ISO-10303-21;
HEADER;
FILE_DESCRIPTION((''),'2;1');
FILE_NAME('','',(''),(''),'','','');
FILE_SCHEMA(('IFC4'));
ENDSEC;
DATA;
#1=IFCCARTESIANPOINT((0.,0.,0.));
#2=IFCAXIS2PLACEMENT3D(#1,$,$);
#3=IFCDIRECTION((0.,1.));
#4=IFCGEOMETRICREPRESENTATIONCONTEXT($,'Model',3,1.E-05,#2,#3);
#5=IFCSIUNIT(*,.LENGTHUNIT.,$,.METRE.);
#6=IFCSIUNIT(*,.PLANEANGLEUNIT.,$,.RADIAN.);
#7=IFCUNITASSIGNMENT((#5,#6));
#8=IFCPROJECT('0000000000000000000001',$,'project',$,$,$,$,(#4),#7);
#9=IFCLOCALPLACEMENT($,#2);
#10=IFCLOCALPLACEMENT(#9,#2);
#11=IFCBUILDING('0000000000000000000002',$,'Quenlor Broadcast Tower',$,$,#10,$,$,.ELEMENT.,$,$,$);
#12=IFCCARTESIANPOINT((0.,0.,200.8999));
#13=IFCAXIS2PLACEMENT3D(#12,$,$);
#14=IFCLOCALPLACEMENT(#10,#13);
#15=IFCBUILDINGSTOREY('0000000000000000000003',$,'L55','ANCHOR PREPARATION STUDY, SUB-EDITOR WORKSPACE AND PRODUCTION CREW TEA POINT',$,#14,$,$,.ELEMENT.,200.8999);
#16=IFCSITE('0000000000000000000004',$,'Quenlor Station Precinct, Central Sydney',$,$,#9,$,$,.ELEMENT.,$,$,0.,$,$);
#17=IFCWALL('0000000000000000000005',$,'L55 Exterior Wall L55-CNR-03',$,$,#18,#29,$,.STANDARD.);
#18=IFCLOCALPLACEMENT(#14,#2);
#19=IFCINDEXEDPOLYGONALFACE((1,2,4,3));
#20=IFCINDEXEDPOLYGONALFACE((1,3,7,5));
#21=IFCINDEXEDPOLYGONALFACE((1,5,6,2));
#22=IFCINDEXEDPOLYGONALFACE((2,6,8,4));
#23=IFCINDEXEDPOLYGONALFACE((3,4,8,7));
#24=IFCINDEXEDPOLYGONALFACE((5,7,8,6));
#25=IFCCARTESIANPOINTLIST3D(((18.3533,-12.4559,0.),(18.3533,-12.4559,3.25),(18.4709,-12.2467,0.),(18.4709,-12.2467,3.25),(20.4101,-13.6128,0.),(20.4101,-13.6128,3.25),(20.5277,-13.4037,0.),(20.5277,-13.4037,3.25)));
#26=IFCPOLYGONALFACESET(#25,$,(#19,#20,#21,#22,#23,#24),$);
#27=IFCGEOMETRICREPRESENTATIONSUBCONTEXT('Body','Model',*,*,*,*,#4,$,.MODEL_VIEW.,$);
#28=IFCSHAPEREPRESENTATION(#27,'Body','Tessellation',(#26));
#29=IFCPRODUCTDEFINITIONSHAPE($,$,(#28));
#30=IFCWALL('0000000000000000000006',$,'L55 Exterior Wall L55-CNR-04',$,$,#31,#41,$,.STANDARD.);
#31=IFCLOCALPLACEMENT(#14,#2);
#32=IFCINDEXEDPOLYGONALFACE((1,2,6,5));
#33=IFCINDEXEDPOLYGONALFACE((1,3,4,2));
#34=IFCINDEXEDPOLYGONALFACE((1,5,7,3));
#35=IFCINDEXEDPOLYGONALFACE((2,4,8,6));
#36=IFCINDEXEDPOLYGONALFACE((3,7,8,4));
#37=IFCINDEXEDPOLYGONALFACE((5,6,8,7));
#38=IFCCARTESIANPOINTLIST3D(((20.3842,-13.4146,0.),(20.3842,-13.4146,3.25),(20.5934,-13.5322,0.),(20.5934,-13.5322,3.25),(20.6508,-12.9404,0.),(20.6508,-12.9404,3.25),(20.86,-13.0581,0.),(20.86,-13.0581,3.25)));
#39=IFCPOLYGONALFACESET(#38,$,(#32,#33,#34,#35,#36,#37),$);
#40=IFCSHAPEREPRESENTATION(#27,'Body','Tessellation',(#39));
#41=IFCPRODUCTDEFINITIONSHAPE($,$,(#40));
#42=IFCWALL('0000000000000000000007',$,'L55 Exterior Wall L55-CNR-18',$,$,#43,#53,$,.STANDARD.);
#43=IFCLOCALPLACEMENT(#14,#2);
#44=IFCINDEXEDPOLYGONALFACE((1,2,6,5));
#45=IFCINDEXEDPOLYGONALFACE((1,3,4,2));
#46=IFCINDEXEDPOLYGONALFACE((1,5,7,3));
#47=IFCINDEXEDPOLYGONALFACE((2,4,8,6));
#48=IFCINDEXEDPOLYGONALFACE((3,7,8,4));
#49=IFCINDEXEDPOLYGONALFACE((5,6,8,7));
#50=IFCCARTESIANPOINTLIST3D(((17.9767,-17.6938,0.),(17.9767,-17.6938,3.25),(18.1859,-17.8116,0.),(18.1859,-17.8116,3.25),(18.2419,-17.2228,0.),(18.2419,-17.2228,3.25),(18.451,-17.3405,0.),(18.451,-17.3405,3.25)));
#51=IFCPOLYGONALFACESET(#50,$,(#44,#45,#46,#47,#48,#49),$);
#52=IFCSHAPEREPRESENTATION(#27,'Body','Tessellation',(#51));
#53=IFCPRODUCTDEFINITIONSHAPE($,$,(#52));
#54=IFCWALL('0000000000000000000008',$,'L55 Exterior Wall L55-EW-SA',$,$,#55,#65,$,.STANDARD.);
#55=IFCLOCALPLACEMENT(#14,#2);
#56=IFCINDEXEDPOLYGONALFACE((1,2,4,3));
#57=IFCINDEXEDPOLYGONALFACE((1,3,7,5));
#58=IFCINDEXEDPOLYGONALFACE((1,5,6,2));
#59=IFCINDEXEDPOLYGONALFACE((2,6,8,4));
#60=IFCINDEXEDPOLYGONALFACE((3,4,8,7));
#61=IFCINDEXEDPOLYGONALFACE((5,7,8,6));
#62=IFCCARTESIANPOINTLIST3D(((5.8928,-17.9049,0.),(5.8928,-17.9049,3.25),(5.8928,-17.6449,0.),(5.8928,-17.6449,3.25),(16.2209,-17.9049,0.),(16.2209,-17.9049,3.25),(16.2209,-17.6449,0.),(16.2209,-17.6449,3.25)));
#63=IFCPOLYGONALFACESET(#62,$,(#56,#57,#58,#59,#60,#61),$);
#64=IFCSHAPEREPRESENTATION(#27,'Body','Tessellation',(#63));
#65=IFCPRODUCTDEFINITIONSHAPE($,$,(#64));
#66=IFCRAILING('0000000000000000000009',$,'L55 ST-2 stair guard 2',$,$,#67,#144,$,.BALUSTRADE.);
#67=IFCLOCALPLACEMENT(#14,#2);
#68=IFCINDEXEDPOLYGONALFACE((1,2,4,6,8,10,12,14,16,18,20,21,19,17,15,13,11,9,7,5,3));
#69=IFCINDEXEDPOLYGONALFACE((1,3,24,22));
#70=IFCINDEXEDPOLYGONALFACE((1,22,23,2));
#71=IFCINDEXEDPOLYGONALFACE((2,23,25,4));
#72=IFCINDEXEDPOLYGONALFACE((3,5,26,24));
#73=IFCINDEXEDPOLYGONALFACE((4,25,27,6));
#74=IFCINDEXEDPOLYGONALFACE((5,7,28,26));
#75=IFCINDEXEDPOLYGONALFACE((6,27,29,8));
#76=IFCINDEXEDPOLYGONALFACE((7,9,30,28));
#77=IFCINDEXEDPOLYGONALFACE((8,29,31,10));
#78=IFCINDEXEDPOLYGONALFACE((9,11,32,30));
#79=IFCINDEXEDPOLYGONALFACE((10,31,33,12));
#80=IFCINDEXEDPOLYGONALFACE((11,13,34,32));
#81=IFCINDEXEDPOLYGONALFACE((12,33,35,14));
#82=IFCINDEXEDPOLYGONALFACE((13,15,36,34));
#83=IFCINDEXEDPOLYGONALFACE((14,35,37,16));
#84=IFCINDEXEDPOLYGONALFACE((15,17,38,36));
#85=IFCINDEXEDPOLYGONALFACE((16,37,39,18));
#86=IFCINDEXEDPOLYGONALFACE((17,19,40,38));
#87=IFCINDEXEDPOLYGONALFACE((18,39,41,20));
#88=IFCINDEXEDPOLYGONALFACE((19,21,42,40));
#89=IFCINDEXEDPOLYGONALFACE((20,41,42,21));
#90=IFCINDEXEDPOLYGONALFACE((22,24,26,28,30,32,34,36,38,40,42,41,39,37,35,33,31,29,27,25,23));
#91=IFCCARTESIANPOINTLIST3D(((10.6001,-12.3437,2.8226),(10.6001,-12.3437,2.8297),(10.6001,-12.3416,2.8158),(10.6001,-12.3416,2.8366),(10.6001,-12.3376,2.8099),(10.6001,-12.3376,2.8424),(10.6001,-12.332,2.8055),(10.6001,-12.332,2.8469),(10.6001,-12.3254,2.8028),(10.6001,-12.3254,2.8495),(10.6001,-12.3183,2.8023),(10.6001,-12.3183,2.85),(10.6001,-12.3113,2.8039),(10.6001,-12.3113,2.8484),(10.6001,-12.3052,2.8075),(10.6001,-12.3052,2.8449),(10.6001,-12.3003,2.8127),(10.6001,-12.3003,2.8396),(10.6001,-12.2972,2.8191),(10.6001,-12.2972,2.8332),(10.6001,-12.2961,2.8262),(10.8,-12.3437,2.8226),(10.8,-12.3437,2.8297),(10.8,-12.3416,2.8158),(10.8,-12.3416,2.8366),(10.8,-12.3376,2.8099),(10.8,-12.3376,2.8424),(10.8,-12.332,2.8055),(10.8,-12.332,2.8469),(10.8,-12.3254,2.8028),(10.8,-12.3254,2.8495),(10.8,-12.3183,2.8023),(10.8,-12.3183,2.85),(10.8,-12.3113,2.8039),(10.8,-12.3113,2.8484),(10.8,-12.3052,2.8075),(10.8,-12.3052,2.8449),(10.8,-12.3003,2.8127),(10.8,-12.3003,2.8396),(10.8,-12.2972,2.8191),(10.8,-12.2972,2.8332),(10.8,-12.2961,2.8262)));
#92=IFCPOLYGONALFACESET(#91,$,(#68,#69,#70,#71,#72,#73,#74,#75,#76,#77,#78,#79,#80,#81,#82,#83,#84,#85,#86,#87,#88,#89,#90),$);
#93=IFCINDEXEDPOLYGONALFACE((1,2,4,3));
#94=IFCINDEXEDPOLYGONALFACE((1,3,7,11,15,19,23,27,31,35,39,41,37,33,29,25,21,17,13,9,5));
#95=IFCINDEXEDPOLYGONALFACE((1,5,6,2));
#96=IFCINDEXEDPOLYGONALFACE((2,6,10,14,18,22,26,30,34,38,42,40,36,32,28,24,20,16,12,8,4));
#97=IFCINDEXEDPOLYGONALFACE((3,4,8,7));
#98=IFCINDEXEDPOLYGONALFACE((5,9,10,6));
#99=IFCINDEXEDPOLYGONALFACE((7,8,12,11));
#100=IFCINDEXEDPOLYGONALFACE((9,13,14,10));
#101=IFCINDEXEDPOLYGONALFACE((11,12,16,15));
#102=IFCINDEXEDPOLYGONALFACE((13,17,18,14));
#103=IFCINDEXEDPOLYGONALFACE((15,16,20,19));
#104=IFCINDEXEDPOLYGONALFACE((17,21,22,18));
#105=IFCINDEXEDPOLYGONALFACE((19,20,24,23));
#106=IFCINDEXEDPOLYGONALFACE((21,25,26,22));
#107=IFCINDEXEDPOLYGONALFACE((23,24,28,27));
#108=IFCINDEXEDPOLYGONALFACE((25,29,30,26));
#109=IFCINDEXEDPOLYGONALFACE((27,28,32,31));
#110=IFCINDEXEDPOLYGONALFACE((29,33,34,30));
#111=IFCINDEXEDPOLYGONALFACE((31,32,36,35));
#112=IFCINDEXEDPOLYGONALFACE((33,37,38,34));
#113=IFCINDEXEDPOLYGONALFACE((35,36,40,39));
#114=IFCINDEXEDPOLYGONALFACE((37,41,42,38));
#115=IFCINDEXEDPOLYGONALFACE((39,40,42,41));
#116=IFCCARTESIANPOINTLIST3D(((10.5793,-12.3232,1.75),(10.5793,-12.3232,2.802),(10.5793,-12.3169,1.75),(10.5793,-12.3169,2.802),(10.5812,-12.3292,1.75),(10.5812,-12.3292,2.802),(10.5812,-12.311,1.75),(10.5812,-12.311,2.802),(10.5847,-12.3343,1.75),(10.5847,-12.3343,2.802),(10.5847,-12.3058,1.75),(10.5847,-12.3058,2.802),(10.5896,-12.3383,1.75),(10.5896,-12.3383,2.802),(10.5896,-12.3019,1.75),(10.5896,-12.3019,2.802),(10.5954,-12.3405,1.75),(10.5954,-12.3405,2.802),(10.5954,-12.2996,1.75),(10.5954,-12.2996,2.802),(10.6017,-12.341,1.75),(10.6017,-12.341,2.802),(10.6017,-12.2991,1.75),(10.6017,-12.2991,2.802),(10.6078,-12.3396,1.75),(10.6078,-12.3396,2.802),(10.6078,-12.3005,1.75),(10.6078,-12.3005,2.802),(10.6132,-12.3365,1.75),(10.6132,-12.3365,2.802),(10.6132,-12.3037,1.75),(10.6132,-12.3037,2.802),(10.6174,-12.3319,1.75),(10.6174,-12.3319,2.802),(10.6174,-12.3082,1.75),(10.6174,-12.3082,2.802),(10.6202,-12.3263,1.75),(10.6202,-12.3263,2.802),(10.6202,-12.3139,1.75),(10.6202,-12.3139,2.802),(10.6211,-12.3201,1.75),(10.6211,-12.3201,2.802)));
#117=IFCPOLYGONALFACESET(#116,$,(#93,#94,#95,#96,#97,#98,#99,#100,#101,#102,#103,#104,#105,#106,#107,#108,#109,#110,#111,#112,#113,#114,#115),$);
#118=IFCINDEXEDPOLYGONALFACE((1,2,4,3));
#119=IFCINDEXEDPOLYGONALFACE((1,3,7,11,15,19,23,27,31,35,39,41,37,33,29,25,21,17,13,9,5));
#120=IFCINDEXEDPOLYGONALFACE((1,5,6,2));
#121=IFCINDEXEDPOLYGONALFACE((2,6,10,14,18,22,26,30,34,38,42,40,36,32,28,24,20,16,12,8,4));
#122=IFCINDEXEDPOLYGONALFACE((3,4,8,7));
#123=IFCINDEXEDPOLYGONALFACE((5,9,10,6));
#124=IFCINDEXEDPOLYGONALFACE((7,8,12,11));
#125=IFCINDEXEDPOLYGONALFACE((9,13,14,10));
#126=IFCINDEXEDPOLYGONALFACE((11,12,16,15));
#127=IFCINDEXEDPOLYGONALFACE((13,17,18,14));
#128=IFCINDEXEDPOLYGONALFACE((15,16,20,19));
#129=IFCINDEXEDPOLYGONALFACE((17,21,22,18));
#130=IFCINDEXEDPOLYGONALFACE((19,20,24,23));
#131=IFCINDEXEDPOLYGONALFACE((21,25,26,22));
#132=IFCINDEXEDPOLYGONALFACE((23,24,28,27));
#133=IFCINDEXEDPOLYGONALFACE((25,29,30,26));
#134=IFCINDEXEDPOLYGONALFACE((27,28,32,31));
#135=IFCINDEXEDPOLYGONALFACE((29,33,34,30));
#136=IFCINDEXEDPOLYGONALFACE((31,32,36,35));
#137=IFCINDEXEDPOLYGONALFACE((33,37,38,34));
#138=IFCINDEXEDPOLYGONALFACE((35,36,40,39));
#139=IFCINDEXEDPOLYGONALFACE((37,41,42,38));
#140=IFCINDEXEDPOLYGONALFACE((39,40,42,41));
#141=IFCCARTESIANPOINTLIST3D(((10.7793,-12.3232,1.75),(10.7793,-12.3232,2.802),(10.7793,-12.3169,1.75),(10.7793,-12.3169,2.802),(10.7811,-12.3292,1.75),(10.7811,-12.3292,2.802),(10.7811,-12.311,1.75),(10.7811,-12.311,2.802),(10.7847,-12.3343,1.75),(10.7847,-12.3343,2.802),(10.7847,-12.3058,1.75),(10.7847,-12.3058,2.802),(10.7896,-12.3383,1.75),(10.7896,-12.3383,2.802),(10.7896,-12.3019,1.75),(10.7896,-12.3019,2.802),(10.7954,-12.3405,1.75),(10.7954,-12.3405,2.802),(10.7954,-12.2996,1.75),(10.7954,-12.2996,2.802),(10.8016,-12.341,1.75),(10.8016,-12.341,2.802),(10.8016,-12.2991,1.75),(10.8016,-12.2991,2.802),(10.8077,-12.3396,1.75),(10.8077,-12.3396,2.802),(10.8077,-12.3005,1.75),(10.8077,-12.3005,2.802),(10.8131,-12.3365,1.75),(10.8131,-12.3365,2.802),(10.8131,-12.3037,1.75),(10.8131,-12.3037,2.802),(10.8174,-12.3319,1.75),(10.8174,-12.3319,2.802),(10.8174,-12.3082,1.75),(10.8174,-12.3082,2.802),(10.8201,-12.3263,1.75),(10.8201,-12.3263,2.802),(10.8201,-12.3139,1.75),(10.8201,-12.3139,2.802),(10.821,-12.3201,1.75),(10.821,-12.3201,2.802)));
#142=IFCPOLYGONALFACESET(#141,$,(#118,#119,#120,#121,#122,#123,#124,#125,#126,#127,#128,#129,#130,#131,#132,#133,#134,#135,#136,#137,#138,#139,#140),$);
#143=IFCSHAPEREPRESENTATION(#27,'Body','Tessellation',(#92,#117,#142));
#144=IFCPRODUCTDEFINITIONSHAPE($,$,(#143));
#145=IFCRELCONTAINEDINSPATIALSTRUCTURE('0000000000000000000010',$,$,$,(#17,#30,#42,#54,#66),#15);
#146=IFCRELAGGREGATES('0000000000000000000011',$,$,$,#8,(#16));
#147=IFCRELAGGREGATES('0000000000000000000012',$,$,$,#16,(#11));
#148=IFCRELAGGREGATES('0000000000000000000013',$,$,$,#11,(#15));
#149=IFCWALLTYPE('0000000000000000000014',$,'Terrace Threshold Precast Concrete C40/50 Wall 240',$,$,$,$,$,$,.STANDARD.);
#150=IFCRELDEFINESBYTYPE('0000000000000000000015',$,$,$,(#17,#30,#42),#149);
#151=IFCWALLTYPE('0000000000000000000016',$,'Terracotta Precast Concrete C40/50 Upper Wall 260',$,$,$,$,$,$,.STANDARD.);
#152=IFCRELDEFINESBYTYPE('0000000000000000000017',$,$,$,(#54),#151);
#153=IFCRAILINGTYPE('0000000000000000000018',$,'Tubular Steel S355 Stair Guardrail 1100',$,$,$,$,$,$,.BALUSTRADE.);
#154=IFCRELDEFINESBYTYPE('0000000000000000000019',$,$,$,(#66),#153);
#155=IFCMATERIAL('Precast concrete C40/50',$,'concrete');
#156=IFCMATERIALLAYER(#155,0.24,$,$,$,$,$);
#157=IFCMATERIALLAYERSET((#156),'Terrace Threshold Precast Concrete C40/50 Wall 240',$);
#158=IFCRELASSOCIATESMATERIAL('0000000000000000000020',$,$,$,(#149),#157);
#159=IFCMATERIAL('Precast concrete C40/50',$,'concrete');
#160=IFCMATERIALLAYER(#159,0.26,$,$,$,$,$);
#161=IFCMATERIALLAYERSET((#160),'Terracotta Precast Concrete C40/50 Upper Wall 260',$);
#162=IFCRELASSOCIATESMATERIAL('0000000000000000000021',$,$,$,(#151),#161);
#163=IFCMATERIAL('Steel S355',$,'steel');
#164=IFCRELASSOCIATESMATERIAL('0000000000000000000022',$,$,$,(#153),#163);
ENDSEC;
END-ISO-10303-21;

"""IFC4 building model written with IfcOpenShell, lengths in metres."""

from ifc_helpers import new_model, si_unit, direction, frame, frame_2d, origin, origin_2d, place, context, subcontext, project, spatial, rectangle, circle, extrude, material, layer, layer_set, type_object, element, save


model = new_model("IFC4")

# Units and contexts
model_context = context("Model", 3, precision=1e-05, world=origin(), true_north=direction((0.0, 1.0)))
body_context = subcontext(model_context, "Body", "Model", "MODEL_VIEW")
ifc_project = project(units=[si_unit("LENGTHUNIT", "METRE"), si_unit("PLANEANGLEUNIT", "RADIAN")], contexts=[model_context])

# Site, building, storey
site_placement = place(None, origin())
site = spatial("IfcSite", under=ifc_project, at=site_placement, Name="Quenlor Station Precinct, Central Sydney", CompositionType="ELEMENT", RefElevation=0.0)
building_placement = place(site_placement, origin())
building = spatial("IfcBuilding", under=site, at=building_placement, Name="Quenlor Broadcast Tower", CompositionType="ELEMENT")
storey_placement = place(building_placement, frame((0.0, 0.0, 200.8999)))
storey = spatial("IfcBuildingStorey", under=building, at=storey_placement, Name="L55", Description="ANCHOR PREPARATION STUDY, SUB-EDITOR WORKSPACE AND PRODUCTION CREW TEA POINT", CompositionType="ELEMENT", Elevation=200.8999)

# Walls
ifc_material_1 = material(Name="Precast concrete C40/50", Category="concrete")
ifc_layer_1 = layer(ifc_material_1, 0.24)
ifc_layer_set_1 = layer_set([ifc_layer_1], Name="Terrace Threshold Precast Concrete C40/50 Wall 240")
wall_type_1 = type_object("IfcWallType", Name="Terrace Threshold Precast Concrete C40/50 Wall 240", PredefinedType="STANDARD", material=ifc_layer_set_1)
wall_1_placement = place(storey_placement, frame((18.4121, -12.3513, 0.0), z_axis=(0.0, 0.0, 1.0), x_axis=(0.871578, -0.490256, 0.0)))
element("IfcWall", 1, at=wall_1_placement, inside=storey, type_object=wall_type_1, Name="L55 Exterior Wall L55-CNR-03", PredefinedType="STANDARD", context=body_context, shape_type="SweptSolid", body=[
    extrude(rectangle(XDim=2.3599, YDim=0.24, at=frame_2d((1.1799, 0.0))), origin(), (0.0, 0.0, 1.0), 3.25),
])
wall_2_placement = place(storey_placement, frame((20.4888, -13.4734, 0.0), z_axis=(0.0, 0.0, 1.0), x_axis=(0.490133, 0.871647, 0.0)))
element("IfcWall", 2, at=wall_2_placement, inside=storey, type_object=wall_type_1, Name="L55 Exterior Wall L55-CNR-04", PredefinedType="STANDARD", context=body_context, shape_type="SweptSolid", body=[
    extrude(rectangle(XDim=0.5439, YDim=0.24, at=frame_2d((0.272, 0.0))), origin(), (0.0, 0.0, 1.0), 3.25),
])
wall_3_placement = place(storey_placement, frame((18.0813, -17.7527, 0.0), z_axis=(0.0, 0.0, 1.0), x_axis=(0.490583, 0.871395, 0.0)))
element("IfcWall", 3, at=wall_3_placement, inside=storey, type_object=wall_type_1, Name="L55 Exterior Wall L55-CNR-18", PredefinedType="STANDARD", context=body_context, shape_type="SweptSolid", body=[
    extrude(rectangle(XDim=0.5405, YDim=0.24, at=frame_2d((0.2703, 0.0))), origin(), (0.0, 0.0, 1.0), 3.25),
])
ifc_material_2 = material(Name="Precast concrete C40/50", Category="concrete")
ifc_layer_2 = layer(ifc_material_2, 0.26)
ifc_layer_set_2 = layer_set([ifc_layer_2], Name="Terracotta Precast Concrete C40/50 Upper Wall 260")
wall_type_2 = type_object("IfcWallType", Name="Terracotta Precast Concrete C40/50 Upper Wall 260", PredefinedType="STANDARD", material=ifc_layer_set_2)
wall_4_placement = place(storey_placement, frame((16.2209, -17.7749, 0.0), z_axis=(0.0, 0.0, 1.0), x_axis=(-1.0, 0.0, 0.0)))
element("IfcWall", 4, at=wall_4_placement, inside=storey, type_object=wall_type_2, Name="L55 Exterior Wall L55-EW-SA", PredefinedType="STANDARD", context=body_context, shape_type="SweptSolid", body=[
    extrude(rectangle(XDim=10.3281, YDim=0.26, at=frame_2d((5.1641, 0.0))), origin(), (0.0, 0.0, 1.0), 3.25),
])

# Railing
ifc_material_3 = material(Name="Steel S355", Category="steel")
railing_type = type_object("IfcRailingType", Name="Tubular Steel S355 Stair Guardrail 1100", PredefinedType="BALUSTRADE", material=ifc_material_3)
railing_placement = place(storey_placement, frame((10.6001, -12.3201, 1.75)))
element("IfcRailing", 5, at=railing_placement, inside=storey, type_object=railing_type, Name="L55 ST-2 stair guard 2", PredefinedType="BALUSTRADE", context=body_context, shape_type="SweptSolid", body=[
    extrude(circle(Radius=0.0239, at=origin_2d()), frame((0.0, 0.0, 1.0762), z_axis=(1.0, 0.0, 0.0), x_axis=(0.0, 1.0, 0.0)), (0.0, 0.0, 1.0), 0.2),
    extrude(circle(Radius=0.021, at=origin_2d()), origin(), (0.0, 0.0, 1.0), 1.052),
    extrude(circle(Radius=0.021, at=origin_2d()), frame((0.2, 0.0, 0.0)), (0.0, 0.0, 1.0), 1.052),
])

save(model, "model.ifc")
